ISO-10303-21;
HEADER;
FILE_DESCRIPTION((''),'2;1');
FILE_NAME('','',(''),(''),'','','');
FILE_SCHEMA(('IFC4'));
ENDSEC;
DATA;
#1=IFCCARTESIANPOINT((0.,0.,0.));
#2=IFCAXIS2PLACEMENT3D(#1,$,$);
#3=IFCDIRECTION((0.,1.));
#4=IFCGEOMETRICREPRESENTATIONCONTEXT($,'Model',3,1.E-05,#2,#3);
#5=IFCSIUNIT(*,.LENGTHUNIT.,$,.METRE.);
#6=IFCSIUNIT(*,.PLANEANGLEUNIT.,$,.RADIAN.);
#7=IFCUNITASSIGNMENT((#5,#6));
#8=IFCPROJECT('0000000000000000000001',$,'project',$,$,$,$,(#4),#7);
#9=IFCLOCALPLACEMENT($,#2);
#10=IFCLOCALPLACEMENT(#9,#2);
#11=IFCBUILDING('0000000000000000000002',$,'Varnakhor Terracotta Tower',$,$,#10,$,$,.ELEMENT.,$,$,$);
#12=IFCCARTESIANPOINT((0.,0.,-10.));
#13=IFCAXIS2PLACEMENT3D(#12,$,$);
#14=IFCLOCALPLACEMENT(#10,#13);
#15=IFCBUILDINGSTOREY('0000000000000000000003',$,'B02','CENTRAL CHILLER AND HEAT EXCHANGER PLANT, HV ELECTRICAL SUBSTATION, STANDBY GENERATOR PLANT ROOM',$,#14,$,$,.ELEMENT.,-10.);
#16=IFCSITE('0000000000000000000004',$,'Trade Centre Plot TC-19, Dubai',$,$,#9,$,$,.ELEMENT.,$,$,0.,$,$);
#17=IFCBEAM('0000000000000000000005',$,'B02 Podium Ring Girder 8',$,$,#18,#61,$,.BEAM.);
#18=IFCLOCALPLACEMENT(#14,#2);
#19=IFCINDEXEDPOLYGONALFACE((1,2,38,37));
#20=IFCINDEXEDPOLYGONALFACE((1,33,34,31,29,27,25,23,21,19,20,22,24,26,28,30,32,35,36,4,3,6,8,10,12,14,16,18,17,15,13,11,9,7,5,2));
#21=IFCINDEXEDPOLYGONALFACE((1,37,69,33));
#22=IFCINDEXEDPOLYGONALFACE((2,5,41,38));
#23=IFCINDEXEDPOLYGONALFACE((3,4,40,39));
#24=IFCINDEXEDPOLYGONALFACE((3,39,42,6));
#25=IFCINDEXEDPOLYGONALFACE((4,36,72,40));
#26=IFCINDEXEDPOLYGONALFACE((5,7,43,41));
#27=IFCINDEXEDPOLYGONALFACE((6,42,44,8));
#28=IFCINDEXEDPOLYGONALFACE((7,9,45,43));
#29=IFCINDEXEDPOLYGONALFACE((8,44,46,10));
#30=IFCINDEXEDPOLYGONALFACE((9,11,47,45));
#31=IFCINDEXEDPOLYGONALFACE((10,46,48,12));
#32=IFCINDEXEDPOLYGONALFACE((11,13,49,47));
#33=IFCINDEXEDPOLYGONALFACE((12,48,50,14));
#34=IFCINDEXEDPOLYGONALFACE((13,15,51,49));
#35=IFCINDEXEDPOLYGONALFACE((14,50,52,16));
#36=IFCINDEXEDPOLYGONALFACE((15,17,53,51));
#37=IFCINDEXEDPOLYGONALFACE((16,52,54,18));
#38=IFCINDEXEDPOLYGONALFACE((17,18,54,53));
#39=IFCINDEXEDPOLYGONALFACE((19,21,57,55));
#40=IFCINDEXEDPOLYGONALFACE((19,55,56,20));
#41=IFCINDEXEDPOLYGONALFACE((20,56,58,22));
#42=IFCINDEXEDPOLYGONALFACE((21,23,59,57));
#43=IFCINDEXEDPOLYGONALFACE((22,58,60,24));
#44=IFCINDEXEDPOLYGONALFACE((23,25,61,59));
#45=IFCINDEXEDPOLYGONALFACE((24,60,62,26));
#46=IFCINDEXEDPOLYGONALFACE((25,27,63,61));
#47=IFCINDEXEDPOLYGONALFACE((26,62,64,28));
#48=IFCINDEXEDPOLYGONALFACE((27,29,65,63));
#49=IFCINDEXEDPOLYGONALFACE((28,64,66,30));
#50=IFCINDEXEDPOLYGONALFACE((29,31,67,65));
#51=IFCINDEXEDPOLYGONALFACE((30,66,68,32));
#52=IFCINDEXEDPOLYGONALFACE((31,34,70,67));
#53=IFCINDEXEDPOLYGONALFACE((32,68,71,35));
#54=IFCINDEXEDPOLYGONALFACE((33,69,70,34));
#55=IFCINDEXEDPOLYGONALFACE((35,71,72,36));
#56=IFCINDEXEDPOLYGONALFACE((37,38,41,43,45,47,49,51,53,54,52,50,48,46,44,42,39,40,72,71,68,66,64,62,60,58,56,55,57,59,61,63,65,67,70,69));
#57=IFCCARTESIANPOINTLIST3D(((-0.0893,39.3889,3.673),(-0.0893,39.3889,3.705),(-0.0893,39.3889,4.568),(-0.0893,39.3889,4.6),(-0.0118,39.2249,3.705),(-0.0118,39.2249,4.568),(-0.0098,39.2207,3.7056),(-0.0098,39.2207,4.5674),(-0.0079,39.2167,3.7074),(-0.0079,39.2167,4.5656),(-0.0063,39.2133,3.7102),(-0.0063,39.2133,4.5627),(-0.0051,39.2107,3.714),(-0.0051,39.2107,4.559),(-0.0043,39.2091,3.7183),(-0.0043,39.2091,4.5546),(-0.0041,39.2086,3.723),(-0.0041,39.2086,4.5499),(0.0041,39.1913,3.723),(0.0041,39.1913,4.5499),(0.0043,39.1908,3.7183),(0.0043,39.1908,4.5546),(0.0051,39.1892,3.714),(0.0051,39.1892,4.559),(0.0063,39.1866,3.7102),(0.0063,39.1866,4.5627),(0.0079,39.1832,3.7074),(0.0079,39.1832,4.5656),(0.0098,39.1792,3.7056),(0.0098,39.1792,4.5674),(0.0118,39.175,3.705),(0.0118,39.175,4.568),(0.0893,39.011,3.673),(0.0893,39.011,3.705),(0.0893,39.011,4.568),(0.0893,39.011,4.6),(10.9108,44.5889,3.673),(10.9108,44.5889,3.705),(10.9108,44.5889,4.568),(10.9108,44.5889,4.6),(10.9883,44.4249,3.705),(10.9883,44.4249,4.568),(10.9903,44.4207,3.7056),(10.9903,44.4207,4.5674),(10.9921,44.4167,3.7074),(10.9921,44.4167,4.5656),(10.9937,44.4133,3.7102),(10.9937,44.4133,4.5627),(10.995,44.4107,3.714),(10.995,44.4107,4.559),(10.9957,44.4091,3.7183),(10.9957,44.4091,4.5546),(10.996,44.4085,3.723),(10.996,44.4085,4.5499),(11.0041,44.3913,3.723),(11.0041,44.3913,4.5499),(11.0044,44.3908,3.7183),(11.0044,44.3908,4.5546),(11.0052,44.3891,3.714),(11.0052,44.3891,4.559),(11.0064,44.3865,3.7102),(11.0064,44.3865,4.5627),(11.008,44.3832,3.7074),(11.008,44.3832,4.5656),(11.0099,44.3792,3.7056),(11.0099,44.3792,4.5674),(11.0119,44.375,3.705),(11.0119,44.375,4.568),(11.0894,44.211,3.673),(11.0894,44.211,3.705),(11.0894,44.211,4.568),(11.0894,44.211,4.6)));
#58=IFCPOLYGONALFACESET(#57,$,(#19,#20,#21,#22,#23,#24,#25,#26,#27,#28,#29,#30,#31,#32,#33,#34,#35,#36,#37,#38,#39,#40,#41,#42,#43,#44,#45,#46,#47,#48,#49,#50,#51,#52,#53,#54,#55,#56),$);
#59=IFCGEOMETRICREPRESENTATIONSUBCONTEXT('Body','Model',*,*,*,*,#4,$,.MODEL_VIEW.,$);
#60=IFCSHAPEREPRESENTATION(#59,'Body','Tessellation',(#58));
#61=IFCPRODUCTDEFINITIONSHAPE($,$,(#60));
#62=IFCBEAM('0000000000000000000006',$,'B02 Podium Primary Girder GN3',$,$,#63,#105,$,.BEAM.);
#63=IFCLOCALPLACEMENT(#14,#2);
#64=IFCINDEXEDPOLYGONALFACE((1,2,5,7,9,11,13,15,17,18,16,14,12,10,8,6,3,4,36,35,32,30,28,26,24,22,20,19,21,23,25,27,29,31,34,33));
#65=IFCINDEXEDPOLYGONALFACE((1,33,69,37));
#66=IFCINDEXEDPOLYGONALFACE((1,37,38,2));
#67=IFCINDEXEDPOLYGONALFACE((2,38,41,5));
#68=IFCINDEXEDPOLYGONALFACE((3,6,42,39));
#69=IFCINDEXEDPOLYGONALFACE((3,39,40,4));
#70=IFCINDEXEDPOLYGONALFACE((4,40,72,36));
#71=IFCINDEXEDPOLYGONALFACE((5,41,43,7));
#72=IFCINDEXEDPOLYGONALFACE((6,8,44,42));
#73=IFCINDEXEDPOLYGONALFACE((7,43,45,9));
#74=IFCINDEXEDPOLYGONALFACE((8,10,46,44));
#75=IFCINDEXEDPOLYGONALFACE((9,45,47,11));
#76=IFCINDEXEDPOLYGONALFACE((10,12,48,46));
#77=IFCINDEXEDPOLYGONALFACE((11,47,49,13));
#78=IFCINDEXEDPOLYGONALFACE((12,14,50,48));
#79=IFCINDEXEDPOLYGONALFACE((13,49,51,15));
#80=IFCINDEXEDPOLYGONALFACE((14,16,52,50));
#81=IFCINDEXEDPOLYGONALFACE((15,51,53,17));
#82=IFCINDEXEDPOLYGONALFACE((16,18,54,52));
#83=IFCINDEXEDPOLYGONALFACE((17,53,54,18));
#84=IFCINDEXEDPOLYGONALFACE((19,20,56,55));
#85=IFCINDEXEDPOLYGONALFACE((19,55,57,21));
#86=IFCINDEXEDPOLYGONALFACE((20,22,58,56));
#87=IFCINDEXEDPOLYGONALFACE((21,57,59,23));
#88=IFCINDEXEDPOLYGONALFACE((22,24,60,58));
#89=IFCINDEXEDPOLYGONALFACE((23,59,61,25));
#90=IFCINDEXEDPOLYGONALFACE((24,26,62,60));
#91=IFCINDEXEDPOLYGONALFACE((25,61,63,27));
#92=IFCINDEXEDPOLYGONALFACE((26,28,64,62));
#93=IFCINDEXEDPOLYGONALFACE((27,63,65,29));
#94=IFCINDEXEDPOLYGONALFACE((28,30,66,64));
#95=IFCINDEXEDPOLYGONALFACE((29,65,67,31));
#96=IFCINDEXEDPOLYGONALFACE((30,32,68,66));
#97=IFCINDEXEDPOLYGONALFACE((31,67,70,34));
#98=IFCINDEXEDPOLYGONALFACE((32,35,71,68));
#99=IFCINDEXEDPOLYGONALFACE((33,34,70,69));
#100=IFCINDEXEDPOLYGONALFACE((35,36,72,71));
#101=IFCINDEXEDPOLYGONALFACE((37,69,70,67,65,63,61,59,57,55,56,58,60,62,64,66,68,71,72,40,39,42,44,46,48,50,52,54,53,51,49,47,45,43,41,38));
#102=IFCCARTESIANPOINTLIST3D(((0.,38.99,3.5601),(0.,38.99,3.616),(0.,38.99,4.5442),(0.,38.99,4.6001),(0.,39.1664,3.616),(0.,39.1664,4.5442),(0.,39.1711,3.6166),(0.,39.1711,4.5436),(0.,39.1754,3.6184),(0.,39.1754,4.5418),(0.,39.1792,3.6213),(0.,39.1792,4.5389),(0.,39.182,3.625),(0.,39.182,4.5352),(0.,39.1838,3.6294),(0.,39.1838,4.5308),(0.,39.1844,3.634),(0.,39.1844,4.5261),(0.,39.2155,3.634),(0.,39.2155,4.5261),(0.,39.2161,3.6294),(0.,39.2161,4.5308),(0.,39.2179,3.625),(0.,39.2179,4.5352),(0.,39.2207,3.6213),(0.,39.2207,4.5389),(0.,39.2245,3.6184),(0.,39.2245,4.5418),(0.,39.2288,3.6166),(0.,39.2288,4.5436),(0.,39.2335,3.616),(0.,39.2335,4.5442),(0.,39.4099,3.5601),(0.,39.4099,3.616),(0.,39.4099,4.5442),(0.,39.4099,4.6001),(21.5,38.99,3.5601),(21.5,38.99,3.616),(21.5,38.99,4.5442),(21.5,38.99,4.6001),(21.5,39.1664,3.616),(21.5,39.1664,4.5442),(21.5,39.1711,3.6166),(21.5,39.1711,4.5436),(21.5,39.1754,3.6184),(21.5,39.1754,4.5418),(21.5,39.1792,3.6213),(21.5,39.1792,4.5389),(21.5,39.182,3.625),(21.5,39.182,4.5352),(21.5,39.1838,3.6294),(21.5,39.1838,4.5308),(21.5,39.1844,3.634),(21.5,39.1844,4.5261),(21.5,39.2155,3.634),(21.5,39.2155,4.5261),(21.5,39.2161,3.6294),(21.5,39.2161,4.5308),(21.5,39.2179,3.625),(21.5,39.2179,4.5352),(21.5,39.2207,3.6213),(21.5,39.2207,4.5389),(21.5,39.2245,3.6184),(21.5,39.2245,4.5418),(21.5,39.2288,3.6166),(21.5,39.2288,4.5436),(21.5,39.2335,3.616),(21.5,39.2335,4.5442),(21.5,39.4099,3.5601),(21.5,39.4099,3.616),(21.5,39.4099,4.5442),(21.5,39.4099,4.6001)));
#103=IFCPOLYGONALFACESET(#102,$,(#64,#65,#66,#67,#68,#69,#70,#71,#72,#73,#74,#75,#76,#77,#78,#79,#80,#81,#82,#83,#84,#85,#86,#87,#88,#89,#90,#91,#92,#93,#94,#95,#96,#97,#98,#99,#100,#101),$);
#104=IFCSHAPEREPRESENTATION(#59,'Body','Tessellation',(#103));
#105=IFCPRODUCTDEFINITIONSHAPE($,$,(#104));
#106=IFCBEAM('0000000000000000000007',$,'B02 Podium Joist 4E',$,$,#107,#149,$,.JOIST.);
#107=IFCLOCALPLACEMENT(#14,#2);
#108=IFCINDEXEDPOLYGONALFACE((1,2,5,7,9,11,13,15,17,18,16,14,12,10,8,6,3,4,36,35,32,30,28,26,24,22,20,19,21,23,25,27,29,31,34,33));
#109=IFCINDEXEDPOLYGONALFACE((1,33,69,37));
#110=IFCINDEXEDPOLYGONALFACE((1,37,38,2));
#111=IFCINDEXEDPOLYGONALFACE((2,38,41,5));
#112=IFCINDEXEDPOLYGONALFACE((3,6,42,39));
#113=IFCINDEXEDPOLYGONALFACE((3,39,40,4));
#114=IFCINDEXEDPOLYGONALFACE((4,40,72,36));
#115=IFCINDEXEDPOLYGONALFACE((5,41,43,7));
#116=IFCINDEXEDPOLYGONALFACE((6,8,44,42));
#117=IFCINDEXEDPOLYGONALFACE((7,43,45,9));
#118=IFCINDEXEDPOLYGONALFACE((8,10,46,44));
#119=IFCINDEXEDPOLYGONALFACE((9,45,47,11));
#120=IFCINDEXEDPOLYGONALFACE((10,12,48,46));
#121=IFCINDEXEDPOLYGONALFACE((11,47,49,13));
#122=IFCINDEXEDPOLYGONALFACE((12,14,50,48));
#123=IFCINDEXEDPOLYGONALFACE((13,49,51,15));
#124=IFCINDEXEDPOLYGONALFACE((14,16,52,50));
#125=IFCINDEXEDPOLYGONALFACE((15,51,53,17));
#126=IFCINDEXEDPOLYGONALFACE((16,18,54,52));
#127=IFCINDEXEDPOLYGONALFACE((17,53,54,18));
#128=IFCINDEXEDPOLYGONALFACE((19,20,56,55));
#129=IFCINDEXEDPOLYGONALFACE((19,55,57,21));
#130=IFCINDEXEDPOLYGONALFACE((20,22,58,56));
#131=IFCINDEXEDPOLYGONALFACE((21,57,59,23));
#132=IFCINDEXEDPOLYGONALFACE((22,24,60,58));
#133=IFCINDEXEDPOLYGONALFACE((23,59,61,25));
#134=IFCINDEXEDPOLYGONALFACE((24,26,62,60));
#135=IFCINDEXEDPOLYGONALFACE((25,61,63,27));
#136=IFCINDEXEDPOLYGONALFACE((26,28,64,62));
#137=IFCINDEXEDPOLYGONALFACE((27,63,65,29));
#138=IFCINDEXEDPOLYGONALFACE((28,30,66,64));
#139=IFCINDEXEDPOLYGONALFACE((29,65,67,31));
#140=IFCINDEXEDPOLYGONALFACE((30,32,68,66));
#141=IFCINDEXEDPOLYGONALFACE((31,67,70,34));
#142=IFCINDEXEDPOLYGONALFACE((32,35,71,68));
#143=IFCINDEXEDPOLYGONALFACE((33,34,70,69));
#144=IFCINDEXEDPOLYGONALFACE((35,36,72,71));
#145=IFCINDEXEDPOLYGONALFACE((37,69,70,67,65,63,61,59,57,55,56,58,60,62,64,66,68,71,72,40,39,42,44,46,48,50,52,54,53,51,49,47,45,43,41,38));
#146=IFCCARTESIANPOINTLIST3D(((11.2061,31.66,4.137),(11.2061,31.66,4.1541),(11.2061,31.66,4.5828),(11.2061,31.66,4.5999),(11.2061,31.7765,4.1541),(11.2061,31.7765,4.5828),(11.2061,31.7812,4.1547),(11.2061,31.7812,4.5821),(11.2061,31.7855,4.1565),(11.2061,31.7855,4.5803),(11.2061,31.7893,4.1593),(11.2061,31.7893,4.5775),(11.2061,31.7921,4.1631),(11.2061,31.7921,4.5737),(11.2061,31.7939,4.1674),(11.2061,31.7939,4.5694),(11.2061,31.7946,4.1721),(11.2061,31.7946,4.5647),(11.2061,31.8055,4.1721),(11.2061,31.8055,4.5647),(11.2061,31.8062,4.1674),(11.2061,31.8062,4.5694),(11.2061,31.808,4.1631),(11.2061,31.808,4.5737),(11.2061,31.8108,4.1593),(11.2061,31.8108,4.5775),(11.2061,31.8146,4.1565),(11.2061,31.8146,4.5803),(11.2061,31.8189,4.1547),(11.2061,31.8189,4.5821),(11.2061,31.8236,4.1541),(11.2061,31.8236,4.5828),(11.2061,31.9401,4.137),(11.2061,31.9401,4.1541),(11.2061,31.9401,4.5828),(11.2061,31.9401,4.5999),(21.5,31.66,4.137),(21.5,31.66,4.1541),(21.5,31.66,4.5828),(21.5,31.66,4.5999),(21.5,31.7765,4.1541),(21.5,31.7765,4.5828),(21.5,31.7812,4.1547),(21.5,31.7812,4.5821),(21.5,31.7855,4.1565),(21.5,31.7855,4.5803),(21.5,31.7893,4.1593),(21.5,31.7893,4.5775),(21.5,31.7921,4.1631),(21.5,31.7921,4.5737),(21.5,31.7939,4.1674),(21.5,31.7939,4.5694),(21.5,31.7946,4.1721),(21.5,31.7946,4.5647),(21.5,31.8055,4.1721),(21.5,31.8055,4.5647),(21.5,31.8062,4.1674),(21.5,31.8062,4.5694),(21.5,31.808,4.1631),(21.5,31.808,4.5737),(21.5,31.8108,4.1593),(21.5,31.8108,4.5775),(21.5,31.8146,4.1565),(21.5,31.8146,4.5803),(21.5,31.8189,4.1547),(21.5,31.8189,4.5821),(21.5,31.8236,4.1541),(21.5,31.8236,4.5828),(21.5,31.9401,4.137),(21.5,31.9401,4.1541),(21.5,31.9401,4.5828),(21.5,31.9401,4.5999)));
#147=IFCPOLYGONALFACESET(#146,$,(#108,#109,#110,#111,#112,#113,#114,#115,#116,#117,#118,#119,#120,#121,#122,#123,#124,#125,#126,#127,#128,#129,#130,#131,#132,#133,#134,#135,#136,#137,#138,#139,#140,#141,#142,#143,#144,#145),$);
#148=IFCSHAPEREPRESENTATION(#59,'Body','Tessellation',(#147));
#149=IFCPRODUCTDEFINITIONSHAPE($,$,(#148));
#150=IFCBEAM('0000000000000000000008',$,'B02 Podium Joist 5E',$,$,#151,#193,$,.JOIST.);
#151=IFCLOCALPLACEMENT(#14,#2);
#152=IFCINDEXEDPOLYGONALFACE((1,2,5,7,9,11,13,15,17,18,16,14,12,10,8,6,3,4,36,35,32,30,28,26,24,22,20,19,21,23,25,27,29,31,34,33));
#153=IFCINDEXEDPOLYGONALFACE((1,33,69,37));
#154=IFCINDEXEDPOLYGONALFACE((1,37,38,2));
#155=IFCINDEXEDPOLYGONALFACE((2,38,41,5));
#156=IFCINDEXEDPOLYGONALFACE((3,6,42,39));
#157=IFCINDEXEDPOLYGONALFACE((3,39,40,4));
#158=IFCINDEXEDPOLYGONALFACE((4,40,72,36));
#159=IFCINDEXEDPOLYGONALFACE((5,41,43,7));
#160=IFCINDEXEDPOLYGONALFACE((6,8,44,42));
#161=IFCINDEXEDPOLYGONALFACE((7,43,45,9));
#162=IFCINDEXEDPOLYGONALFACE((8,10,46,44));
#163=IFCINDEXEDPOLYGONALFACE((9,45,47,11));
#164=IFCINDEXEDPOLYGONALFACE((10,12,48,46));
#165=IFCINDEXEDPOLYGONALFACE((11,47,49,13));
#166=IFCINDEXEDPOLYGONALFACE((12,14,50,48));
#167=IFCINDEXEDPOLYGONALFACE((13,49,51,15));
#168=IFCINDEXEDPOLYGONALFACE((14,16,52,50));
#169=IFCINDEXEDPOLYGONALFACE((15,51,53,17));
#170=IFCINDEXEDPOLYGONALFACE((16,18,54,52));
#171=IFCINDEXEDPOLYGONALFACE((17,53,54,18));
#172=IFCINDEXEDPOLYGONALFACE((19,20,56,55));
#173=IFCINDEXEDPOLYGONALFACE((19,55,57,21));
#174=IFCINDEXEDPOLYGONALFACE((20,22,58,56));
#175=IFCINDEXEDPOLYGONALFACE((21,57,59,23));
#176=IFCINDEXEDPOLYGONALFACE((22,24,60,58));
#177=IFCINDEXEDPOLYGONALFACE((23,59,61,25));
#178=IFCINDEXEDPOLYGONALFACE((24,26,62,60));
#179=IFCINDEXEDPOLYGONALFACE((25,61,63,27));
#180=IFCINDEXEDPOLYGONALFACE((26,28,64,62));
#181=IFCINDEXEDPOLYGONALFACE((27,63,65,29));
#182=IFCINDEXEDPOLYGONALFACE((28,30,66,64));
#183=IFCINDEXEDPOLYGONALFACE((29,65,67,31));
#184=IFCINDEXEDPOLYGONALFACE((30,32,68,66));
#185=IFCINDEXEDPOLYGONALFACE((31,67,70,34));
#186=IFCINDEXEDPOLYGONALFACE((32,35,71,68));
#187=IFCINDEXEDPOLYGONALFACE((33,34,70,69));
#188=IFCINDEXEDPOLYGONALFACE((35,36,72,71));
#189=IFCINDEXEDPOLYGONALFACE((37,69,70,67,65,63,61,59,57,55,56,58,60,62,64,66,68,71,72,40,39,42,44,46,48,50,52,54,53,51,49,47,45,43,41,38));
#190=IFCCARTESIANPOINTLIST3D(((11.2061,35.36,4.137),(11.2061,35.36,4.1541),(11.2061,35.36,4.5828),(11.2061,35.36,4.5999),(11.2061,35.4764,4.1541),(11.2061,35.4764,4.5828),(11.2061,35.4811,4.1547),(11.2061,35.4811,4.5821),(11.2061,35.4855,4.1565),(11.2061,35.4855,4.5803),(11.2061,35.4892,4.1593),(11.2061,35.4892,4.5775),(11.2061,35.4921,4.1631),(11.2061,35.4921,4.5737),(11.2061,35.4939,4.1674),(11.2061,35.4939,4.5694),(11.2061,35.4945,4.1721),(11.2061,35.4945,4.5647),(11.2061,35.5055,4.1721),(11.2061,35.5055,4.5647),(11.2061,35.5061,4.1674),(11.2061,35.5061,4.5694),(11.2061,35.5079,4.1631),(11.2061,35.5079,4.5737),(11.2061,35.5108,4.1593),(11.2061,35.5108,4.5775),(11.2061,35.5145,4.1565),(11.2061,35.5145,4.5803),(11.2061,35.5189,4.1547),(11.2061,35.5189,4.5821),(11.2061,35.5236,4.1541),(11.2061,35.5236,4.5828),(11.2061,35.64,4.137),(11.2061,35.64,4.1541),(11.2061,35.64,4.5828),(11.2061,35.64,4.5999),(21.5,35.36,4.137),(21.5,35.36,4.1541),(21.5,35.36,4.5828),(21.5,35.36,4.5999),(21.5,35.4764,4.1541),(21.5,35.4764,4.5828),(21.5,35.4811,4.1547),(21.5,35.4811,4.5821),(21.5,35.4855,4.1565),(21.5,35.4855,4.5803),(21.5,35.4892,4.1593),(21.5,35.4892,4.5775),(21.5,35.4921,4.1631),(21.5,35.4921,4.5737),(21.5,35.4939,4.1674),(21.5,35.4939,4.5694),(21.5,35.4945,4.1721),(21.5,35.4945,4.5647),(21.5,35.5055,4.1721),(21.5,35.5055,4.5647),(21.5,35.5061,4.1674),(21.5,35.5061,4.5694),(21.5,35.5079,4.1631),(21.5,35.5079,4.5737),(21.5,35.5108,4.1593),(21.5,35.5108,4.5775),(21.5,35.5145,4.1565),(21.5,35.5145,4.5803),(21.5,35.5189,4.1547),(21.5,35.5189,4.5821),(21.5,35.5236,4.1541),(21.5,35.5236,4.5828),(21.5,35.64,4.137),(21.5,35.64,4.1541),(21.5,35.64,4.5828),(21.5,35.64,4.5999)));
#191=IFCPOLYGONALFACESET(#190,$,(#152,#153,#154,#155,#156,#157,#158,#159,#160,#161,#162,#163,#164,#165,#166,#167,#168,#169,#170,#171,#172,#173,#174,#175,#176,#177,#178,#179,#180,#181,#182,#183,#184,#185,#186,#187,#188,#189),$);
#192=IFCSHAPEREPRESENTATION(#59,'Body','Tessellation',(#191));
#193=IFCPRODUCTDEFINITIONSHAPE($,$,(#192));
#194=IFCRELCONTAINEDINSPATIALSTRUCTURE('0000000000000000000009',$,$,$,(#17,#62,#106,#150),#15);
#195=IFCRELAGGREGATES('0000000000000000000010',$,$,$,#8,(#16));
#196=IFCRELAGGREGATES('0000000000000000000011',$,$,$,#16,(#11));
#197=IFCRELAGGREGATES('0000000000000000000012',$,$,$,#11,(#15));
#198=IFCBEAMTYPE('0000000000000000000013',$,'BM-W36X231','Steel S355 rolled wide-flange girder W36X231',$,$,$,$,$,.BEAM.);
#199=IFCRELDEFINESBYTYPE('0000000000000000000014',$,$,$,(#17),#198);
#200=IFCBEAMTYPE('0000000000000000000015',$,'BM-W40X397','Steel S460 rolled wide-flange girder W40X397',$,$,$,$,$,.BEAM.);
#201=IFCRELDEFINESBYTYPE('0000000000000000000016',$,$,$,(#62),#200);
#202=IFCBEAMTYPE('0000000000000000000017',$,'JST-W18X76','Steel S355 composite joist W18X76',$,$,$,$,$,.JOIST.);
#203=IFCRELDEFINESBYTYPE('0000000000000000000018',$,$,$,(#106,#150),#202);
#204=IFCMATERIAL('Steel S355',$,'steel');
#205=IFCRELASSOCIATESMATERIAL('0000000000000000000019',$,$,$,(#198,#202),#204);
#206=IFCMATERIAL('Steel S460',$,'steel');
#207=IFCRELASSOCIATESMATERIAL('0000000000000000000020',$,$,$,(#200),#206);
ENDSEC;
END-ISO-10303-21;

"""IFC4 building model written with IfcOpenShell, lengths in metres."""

from ifc_helpers import new_model, si_unit, direction, frame, origin, origin_2d, place, context, subcontext, project, spatial, i_section, extrude, source, transform, mapped, material, material_profile, profile_set, type_object, type_shapes, element, save


model = new_model("IFC4")

# Units and contexts
model_context = context("Model", 3, precision=1e-05, world=origin(), true_north=direction((0.0, 1.0)))
body_context = subcontext(model_context, "Body", "Model", "MODEL_VIEW")
ifc_project = project(units=[si_unit("LENGTHUNIT", "METRE"), si_unit("PLANEANGLEUNIT", "RADIAN")], contexts=[model_context])

# Site, building, storey
site_placement = place(None, origin())
site = spatial("IfcSite", under=ifc_project, at=site_placement, Name="Trade Centre Plot TC-19, Dubai", CompositionType="ELEMENT", RefElevation=0.0)
building_placement = place(site_placement, origin())
building = spatial("IfcBuilding", under=site, at=building_placement, Name="Varnakhor Terracotta Tower", CompositionType="ELEMENT")
storey_placement = place(building_placement, frame((0.0, 0.0, -10.0)))
storey = spatial("IfcBuildingStorey", under=building, at=storey_placement, Name="B02", Description="CENTRAL CHILLER AND HEAT EXCHANGER PLANT, HV ELECTRICAL SUBSTATION, STANDBY GENERATOR PLANT ROOM", CompositionType="ELEMENT", Elevation=-10.0)

# Shared definitions
ifc_material_1 = material(Name="Steel S460", Category="steel")

# Beams
ifc_material_2 = material(Name="Steel S355", Category="steel")
ifc_material_profile_1 = material_profile(ifc_material_2, i_section(OverallWidth=0.418, OverallDepth=0.927, WebThickness=0.019, FlangeThickness=0.032, FilletRadius=0.0181, at=origin_2d()), Name="W36X231")
ifc_profile_set_1 = profile_set([ifc_material_profile_1], Name="Steel S355")
beam_type_1 = type_object("IfcBeamType", Name="BM-W36X231", Description="Steel S355 rolled wide-flange girder W36X231", PredefinedType="BEAM", material=ifc_profile_set_1)
shared_shape_1 = source(origin(), body_context, "Body", "SweptSolid", [
    extrude(i_section(OverallWidth=0.418, OverallDepth=0.927, WebThickness=0.019, FlangeThickness=0.032, FilletRadius=0.0181, at=origin_2d()), origin(), (0.0, 0.0, 1.0), 12.1672),
])
beam_1_placement = place(storey_placement, frame((0.0, 39.2, 4.1365), z_axis=(0.904074, 0.427376, 0.0), x_axis=(-0.427376, 0.904074, 0.0)))
element("IfcBeam", 1, at=beam_1_placement, inside=storey, type_object=beam_type_1, Name="B02 Podium Ring Girder 8", PredefinedType="BEAM", context=body_context, shape_type="MappedRepresentation", body=[
    mapped(shared_shape_1, transform((0.0, 0.0, 0.0), scale=1.0)),
])
ifc_material_profile_2 = material_profile(ifc_material_1, i_section(OverallWidth=0.4199, OverallDepth=1.04, WebThickness=0.031, FlangeThickness=0.0559, FilletRadius=0.0181, at=origin_2d()), Name="W40X397")
ifc_profile_set_2 = profile_set([ifc_material_profile_2], Name="Steel S460")
beam_type_2 = type_object("IfcBeamType", Name="BM-W40X397", Description="Steel S460 rolled wide-flange girder W40X397", PredefinedType="BEAM", material=ifc_profile_set_2)
shared_shape_2 = source(origin(), body_context, "Body", "SweptSolid", [
    extrude(i_section(OverallWidth=0.4199, OverallDepth=1.04, WebThickness=0.031, FlangeThickness=0.0559, FilletRadius=0.0181, at=origin_2d()), origin(), (0.0, 0.0, 1.0), 21.5),
])
beam_2_placement = place(storey_placement, frame((0.0, 39.2, 4.0801), z_axis=(1.0, 0.0, 0.0), x_axis=(0.0, 1.0, 0.0)))
element("IfcBeam", 2, at=beam_2_placement, inside=storey, type_object=beam_type_2, Name="B02 Podium Primary Girder GN3", PredefinedType="BEAM", context=body_context, shape_type="MappedRepresentation", body=[
    mapped(shared_shape_2, transform((0.0, 0.0, 0.0), scale=1.0)),
])
ifc_material_profile_3 = material_profile(ifc_material_2, i_section(OverallWidth=0.28, OverallDepth=0.4629, WebThickness=0.011, FlangeThickness=0.0171, FilletRadius=0.0181, at=origin_2d()), Name="W18X76")
ifc_profile_set_3 = profile_set([ifc_material_profile_3], Name="Steel S355")
beam_type_3 = type_object("IfcBeamType", Name="JST-W18X76", Description="Steel S355 composite joist W18X76", PredefinedType="JOIST", material=ifc_profile_set_3)
shared_shape_3 = source(origin(), body_context, "Body", "SweptSolid", [
    extrude(i_section(OverallWidth=0.28, OverallDepth=0.4629, WebThickness=0.011, FlangeThickness=0.0171, FilletRadius=0.0181, at=origin_2d()), origin(), (0.0, 0.0, 1.0), 10.2939),
])
type_shapes(beam_type_3, [shared_shape_3])
for number, where, z_axis, x_axis, name in (
    (3, (11.2061, 31.8, 4.3684), (1.0, 0.0, 0.0), (0.0, 1.0, 0.0), "B02 Podium Joist 4E"),
    (4, (11.2061, 35.5, 4.3684), (1.0, 0.0, 0.0), (0.0, 1.0, 0.0), "B02 Podium Joist 5E"),
):
    element("IfcBeam", number, at=place(storey_placement, frame(where, z_axis=z_axis, x_axis=x_axis)), inside=storey, type_object=beam_type_3, Name=name, PredefinedType="JOIST", context=body_context, shape_type="MappedRepresentation", body=[
        mapped(shared_shape_3, transform((0.0, 0.0, 0.0), scale=1.0)),
    ])

save(model, "model.ifc")
